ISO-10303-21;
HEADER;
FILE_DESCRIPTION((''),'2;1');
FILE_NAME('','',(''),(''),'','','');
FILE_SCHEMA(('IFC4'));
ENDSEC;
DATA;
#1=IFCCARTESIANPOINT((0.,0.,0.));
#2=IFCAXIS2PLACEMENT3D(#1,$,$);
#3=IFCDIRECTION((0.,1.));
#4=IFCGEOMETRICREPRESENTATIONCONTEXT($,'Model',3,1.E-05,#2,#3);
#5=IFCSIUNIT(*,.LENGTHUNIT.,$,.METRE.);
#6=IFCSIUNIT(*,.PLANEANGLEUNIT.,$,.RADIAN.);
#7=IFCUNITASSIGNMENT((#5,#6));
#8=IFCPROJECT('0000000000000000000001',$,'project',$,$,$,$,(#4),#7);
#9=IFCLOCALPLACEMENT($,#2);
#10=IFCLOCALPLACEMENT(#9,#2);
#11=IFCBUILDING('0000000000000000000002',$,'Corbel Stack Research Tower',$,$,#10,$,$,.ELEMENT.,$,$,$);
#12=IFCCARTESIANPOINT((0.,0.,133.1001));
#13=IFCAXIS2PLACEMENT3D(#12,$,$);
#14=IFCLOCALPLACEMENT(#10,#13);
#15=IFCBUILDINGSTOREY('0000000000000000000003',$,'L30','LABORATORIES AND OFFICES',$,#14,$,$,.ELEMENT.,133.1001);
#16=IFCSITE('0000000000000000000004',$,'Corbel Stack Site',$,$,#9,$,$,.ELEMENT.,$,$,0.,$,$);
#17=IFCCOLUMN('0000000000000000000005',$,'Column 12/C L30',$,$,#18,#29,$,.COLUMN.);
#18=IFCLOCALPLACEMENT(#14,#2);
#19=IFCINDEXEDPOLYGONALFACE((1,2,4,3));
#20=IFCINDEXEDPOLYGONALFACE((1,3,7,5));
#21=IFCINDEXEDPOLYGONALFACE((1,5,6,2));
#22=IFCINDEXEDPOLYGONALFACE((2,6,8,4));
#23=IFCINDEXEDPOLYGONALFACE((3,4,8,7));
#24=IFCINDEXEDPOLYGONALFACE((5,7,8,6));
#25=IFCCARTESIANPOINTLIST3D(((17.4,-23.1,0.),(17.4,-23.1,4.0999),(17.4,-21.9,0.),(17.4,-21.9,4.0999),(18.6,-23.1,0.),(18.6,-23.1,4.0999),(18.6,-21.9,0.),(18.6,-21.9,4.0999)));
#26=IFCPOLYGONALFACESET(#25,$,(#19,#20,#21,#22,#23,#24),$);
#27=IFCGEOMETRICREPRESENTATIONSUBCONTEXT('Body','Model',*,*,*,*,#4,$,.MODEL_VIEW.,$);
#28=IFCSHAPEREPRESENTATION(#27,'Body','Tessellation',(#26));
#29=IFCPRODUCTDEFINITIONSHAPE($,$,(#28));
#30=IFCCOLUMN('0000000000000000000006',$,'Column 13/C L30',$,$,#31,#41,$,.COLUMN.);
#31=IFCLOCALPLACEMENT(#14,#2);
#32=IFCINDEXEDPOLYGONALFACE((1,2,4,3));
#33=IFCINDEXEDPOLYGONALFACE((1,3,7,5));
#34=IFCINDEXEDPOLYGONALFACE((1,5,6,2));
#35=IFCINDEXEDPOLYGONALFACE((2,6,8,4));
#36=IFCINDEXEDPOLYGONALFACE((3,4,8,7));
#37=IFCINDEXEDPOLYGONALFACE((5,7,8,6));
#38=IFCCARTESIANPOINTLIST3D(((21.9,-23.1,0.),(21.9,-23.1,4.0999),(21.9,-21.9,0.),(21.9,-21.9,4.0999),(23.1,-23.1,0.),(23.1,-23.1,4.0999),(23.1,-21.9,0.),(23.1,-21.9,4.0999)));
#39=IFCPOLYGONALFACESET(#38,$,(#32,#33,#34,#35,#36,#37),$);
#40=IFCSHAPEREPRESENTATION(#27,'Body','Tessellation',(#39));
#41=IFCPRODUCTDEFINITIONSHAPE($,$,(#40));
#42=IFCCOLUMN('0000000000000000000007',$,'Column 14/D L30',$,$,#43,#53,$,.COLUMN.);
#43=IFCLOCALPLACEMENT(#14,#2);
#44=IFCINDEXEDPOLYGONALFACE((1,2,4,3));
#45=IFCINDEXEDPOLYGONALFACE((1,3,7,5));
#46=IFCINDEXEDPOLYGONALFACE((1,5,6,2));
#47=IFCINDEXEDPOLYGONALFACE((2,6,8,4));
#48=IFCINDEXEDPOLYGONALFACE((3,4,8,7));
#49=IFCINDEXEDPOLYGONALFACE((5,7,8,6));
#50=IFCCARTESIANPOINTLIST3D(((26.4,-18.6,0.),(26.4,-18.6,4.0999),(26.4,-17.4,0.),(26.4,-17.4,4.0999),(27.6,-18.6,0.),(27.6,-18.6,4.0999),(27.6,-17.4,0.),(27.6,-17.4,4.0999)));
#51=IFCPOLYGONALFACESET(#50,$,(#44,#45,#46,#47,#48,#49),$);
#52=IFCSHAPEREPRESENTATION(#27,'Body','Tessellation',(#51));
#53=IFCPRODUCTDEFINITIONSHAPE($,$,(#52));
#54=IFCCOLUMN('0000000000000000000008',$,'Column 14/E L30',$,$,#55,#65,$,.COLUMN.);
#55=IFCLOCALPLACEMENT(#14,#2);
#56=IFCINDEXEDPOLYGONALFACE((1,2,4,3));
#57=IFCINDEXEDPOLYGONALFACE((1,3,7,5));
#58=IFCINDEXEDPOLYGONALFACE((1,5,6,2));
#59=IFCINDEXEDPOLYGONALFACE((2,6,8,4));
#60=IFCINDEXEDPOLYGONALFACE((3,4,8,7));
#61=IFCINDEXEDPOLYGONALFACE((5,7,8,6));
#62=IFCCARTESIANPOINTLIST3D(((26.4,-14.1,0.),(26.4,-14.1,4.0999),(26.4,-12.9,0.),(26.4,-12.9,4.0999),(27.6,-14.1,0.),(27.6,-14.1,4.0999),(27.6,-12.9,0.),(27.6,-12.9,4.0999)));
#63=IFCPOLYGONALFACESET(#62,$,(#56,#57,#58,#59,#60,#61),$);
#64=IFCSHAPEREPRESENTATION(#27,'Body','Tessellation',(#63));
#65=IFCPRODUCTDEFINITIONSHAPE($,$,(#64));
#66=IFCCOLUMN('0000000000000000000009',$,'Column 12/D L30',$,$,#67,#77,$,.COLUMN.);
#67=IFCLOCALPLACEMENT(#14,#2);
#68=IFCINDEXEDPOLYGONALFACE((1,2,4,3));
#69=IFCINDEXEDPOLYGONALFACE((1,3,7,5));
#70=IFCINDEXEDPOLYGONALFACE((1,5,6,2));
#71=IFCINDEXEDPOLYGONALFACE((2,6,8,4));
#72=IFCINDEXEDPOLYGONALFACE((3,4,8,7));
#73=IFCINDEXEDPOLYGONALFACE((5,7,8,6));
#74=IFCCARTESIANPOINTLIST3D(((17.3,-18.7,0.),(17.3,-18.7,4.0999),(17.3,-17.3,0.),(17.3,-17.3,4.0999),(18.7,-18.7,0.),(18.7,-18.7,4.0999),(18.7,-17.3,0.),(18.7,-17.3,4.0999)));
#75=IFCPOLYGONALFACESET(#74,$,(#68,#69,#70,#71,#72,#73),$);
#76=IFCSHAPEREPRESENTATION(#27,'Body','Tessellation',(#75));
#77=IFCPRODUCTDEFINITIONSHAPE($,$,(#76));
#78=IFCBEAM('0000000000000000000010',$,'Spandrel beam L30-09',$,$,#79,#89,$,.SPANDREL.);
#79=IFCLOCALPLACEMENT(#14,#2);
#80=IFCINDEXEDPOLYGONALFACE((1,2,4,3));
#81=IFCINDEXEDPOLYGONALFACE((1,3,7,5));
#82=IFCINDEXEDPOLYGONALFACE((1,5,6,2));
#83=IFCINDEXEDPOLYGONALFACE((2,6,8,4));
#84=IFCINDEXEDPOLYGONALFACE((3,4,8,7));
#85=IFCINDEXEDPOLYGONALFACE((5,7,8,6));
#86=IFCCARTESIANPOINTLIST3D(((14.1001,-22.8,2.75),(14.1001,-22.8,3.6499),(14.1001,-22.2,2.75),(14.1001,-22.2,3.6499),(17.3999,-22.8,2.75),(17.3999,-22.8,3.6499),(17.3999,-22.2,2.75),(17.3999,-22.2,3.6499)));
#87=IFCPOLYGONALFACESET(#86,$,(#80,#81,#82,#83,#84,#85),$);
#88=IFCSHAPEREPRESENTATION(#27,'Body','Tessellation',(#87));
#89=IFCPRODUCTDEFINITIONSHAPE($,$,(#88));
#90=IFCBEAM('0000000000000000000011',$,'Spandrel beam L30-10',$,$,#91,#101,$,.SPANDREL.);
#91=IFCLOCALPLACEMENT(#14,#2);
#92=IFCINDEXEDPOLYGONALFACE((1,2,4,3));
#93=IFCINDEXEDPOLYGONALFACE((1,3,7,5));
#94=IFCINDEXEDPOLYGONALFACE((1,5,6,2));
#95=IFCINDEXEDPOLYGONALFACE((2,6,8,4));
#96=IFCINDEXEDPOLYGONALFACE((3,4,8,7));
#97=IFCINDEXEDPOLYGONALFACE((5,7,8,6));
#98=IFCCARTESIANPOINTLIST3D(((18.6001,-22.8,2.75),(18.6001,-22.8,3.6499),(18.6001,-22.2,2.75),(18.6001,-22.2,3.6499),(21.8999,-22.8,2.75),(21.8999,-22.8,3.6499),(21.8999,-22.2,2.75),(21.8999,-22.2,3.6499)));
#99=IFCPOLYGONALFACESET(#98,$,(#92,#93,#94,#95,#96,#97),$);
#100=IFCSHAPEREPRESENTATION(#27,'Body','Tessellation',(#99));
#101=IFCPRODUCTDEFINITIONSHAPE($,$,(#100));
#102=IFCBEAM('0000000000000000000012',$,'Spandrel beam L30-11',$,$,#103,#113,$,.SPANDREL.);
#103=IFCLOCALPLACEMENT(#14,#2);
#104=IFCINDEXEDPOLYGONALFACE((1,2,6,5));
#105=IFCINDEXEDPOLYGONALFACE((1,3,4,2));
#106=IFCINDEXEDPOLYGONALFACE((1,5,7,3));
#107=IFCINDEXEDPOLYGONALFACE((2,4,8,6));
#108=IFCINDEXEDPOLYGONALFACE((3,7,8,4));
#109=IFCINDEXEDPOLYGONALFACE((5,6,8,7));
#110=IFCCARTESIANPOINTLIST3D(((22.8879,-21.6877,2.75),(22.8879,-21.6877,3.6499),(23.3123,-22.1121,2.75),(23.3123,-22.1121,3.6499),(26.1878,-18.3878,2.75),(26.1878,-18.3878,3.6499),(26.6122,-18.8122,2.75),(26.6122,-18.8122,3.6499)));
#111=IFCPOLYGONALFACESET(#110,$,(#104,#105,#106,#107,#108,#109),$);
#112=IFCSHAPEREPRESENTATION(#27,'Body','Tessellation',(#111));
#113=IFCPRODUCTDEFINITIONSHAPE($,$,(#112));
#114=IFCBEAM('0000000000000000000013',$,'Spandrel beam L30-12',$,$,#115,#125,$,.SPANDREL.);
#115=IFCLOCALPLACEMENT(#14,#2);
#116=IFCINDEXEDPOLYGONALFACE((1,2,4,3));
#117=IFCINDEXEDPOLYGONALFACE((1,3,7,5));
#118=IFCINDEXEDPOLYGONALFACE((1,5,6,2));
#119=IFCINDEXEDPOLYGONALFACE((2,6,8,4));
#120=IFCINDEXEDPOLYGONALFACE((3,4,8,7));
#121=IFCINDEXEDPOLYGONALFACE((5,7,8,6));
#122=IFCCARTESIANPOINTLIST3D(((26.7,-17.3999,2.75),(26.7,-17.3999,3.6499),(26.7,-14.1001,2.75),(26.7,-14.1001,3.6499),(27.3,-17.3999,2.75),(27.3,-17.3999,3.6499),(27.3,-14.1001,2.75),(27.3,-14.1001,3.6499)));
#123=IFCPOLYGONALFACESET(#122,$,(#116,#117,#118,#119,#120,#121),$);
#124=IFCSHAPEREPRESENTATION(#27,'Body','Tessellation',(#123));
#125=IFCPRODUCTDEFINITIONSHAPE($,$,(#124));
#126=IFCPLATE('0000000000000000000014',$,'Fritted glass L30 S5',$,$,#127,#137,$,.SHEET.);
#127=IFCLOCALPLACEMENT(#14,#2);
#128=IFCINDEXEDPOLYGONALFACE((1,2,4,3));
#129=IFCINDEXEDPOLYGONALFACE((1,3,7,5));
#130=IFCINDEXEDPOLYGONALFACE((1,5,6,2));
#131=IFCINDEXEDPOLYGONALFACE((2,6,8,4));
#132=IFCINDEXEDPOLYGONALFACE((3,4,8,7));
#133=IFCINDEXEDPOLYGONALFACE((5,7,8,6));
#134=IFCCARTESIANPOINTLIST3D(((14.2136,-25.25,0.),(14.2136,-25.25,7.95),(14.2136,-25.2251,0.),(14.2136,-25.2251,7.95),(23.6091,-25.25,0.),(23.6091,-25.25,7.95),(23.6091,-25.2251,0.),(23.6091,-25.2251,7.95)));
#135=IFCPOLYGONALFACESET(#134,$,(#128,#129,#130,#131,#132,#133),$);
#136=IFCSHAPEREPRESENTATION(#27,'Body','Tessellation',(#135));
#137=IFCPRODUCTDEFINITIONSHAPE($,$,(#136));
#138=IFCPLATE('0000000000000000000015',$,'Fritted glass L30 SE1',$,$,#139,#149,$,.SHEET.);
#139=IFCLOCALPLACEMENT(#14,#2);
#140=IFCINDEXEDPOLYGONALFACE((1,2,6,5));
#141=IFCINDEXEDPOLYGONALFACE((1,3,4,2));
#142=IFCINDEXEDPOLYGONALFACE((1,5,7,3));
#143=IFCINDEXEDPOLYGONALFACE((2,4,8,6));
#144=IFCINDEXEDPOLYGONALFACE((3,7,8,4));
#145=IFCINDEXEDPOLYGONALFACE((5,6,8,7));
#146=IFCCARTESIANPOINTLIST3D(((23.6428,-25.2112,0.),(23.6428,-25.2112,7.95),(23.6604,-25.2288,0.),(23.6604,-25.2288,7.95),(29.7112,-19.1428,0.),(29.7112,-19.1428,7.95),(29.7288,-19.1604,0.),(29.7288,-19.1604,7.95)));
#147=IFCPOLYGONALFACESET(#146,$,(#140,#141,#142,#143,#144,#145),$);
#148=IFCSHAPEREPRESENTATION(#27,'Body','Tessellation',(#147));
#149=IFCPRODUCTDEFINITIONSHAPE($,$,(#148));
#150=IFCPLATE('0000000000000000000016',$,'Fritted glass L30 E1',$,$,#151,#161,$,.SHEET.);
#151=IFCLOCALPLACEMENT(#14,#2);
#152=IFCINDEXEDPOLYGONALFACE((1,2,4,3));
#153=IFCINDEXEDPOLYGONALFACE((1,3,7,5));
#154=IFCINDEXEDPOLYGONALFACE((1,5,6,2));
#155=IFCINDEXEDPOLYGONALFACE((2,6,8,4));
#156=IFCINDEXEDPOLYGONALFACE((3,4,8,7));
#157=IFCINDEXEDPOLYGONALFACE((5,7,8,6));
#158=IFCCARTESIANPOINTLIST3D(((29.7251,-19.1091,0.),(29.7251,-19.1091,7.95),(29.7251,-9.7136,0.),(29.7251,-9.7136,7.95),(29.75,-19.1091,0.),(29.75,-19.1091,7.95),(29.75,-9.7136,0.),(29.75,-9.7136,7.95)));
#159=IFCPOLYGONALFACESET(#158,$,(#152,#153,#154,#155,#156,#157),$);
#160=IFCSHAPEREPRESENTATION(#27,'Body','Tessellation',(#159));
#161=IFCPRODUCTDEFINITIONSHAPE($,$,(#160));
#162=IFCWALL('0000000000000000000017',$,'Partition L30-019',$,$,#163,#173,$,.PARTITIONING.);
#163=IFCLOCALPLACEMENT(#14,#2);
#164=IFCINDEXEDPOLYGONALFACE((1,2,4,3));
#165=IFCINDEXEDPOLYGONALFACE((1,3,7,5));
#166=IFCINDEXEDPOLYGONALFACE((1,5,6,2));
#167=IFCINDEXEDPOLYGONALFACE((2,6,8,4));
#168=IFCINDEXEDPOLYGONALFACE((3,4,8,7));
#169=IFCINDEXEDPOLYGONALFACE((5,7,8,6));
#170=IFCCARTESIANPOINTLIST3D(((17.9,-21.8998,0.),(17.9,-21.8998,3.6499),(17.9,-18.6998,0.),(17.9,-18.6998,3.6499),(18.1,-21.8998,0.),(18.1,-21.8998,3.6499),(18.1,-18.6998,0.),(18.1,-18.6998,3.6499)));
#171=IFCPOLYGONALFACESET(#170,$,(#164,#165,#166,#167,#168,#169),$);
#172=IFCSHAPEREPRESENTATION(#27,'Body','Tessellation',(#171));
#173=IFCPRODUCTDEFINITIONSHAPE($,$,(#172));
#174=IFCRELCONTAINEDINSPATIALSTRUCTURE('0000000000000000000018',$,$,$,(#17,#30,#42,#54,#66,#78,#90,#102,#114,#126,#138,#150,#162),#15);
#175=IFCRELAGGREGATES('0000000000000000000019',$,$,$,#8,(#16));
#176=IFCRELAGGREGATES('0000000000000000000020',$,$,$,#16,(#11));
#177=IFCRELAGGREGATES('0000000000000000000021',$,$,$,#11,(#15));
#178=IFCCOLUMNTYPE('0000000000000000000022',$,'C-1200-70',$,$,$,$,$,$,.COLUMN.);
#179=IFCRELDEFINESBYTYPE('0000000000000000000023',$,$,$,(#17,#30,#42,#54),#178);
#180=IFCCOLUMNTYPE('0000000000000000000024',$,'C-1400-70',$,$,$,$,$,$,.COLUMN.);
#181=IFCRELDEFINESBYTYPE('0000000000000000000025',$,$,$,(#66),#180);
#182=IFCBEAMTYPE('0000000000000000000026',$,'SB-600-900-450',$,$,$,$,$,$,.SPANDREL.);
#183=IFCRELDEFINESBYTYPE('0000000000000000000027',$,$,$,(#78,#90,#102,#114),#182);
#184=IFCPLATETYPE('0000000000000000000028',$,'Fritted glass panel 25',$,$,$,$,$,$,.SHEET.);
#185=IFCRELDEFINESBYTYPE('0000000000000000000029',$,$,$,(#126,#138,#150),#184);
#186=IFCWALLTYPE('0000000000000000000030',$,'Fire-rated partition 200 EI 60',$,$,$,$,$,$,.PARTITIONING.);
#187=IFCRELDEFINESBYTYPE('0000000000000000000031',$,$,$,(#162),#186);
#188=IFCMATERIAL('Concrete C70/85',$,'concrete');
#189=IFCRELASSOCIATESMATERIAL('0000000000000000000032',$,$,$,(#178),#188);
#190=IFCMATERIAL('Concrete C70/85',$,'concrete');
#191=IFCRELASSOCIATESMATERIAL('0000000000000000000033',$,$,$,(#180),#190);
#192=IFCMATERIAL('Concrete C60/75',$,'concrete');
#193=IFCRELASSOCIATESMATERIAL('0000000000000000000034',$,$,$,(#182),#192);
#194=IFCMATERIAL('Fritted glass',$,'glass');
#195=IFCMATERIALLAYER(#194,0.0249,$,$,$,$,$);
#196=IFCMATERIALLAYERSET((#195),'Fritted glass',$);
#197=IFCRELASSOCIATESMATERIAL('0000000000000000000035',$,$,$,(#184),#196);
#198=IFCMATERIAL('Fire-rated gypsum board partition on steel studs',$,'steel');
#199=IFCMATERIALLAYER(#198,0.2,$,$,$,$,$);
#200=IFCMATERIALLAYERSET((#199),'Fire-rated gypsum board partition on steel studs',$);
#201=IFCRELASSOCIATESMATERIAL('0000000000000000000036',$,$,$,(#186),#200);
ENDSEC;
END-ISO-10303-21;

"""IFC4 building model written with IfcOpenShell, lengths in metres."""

from ifc_helpers import new_model, si_unit, direction, frame, frame_2d, origin, origin_2d, place, context, subcontext, project, spatial, rectangle, extrude, material, layer, layer_set, material_profile, profile_set, type_object, element, save


model = new_model("IFC4")

# Units and contexts
model_context = context("Model", 3, precision=1e-05, world=origin(), true_north=direction((0.0, 1.0)))
body_context = subcontext(model_context, "Body", "Model", "MODEL_VIEW")
ifc_project = project(units=[si_unit("LENGTHUNIT", "METRE"), si_unit("PLANEANGLEUNIT", "RADIAN")], contexts=[model_context])

# Site, building, storey
site_placement = place(None, origin())
site = spatial("IfcSite", under=ifc_project, at=site_placement, Name="Corbel Stack Site", CompositionType="ELEMENT", RefElevation=0.0)
building_placement = place(site_placement, origin())
building = spatial("IfcBuilding", under=site, at=building_placement, Name="Corbel Stack Research Tower", CompositionType="ELEMENT")
storey_placement = place(building_placement, frame((0.0, 0.0, 133.1001)))
storey = spatial("IfcBuildingStorey", under=building, at=storey_placement, Name="L30", Description="LABORATORIES AND OFFICES", CompositionType="ELEMENT", Elevation=133.1001)

# Columns
ifc_material_1 = material(Name="Concrete C70/85", Category="concrete")
ifc_material_profile_1 = material_profile(ifc_material_1, rectangle(XDim=1.2, YDim=1.2, at=origin_2d()), Name="RC 1200 x 1200")
ifc_profile_set_1 = profile_set([ifc_material_profile_1], Name="Concrete C70/85")
column_type_1 = type_object("IfcColumnType", Name="C-1200-70", PredefinedType="COLUMN", material=ifc_profile_set_1)
for number, where, z_axis, x_axis, name in (
    (1, (18.0, -22.5, 0.0), (0.0, 0.0, 1.0), (1.0, 0.0, 0.0), "Column 12/C L30"),
    (2, (22.5, -22.5, 0.0), (0.0, 0.0, 1.0), (1.0, 0.0, 0.0), "Column 13/C L30"),
    (3, (27.0, -18.0, 0.0), (0.0, 0.0, 1.0), (1.0, 0.0, 0.0), "Column 14/D L30"),
    (4, (27.0, -13.5, 0.0), (0.0, 0.0, 1.0), (1.0, 0.0, 0.0), "Column 14/E L30"),
):
    element("IfcColumn", number, at=place(storey_placement, frame(where, z_axis=z_axis, x_axis=x_axis)), inside=storey, type_object=column_type_1, Name=name, PredefinedType="COLUMN", context=body_context, shape_type="SweptSolid", body=[
        extrude(rectangle(XDim=1.2, YDim=1.2, at=origin_2d()), origin(), (0.0, 0.0, 1.0), 4.0999),
    ])
ifc_material_2 = material(Name="Concrete C70/85", Category="concrete")
ifc_material_profile_2 = material_profile(ifc_material_2, rectangle(XDim=1.3999, YDim=1.3999, at=origin_2d()), Name="RC 1400 x 1400")
ifc_profile_set_2 = profile_set([ifc_material_profile_2], Name="Concrete C70/85")
column_type_2 = type_object("IfcColumnType", Name="C-1400-70", PredefinedType="COLUMN", material=ifc_profile_set_2)
column_placement = place(storey_placement, frame((18.0, -18.0, 0.0), z_axis=(0.0, 0.0, 1.0), x_axis=(1.0, 0.0, 0.0)))
element("IfcColumn", 5, at=column_placement, inside=storey, type_object=column_type_2, Name="Column 12/D L30", PredefinedType="COLUMN", context=body_context, shape_type="SweptSolid", body=[
    extrude(rectangle(XDim=1.3999, YDim=1.3999, at=origin_2d()), origin(), (0.0, 0.0, 1.0), 4.0999),
])

# Beams
ifc_material_3 = material(Name="Concrete C60/75", Category="concrete")
ifc_material_profile_3 = material_profile(ifc_material_3, rectangle(XDim=0.6001, YDim=0.8999, at=origin_2d()), Name="RC 600 x 900")
ifc_profile_set_3 = profile_set([ifc_material_profile_3], Name="Concrete C60/75")
beam_type = type_object("IfcBeamType", Name="SB-600-900-450", PredefinedType="SPANDREL", material=ifc_profile_set_3)
for number, where, z_axis, x_axis, name in (
    (6, (14.1001, -22.5, 3.2), (1.0, 0.0, 0.0), (0.0, 1.0, 0.0), "Spandrel beam L30-09"),
    (7, (18.6001, -22.5, 3.2), (1.0, 0.0, 0.0), (0.0, 1.0, 0.0), "Spandrel beam L30-10"),
):
    element("IfcBeam", number, at=place(storey_placement, frame(where, z_axis=z_axis, x_axis=x_axis)), inside=storey, type_object=beam_type, Name=name, PredefinedType="SPANDREL", context=body_context, shape_type="SweptSolid", body=[
        extrude(rectangle(XDim=0.6001, YDim=0.8999, at=origin_2d()), origin(), (0.0, 0.0, 1.0), 3.2998),
    ])
beam_1_placement = place(storey_placement, frame((23.1001, -21.8999, 3.2), z_axis=(0.707107, 0.707107, 0.0), x_axis=(-0.707107, 0.707107, 0.0)))
element("IfcBeam", 8, at=beam_1_placement, inside=storey, type_object=beam_type, Name="Spandrel beam L30-11", PredefinedType="SPANDREL", context=body_context, shape_type="SweptSolid", body=[
    extrude(rectangle(XDim=0.6001, YDim=0.8999, at=origin_2d()), origin(), (0.0, 0.0, 1.0), 4.6667),
])
beam_2_placement = place(storey_placement, frame((27.0, -17.3999, 3.2), z_axis=(0.0, 1.0, 0.0), x_axis=(-1.0, 0.0, 0.0)))
element("IfcBeam", 9, at=beam_2_placement, inside=storey, type_object=beam_type, Name="Spandrel beam L30-12", PredefinedType="SPANDREL", context=body_context, shape_type="SweptSolid", body=[
    extrude(rectangle(XDim=0.6001, YDim=0.8999, at=origin_2d()), origin(), (0.0, 0.0, 1.0), 3.2998),
])

# Plates
ifc_material_4 = material(Name="Fritted glass", Category="glass")
ifc_layer_1 = layer(ifc_material_4, 0.0249)
ifc_layer_set_1 = layer_set([ifc_layer_1], Name="Fritted glass")
plate_type = type_object("IfcPlateType", Name="Fritted glass panel 25", PredefinedType="SHEET", material=ifc_layer_set_1)
plate_1_placement = place(storey_placement, frame((18.9114, -25.2375, 0.0), z_axis=(0.0, 0.0, 1.0), x_axis=(1.0, 0.0, 0.0)))
element("IfcPlate", 10, at=plate_1_placement, inside=storey, type_object=plate_type, Name="Fritted glass L30 S5", PredefinedType="SHEET", context=body_context, shape_type="SweptSolid", body=[
    extrude(rectangle(XDim=9.3955, YDim=0.0249, at=origin_2d()), origin(), (0.0, 0.0, 1.0), 7.95),
])
plate_2_placement = place(storey_placement, frame((26.6858, -22.1858, 0.0), z_axis=(0.0, 0.0, 1.0), x_axis=(0.707107, 0.707107, 0.0)))
element("IfcPlate", 11, at=plate_2_placement, inside=storey, type_object=plate_type, Name="Fritted glass L30 SE1", PredefinedType="SHEET", context=body_context, shape_type="SweptSolid", body=[
    extrude(rectangle(XDim=8.582, YDim=0.0249, at=origin_2d()), origin(), (0.0, 0.0, 1.0), 7.95),
])
plate_3_placement = place(storey_placement, frame((29.7375, -14.4114, 0.0), z_axis=(0.0, 0.0, 1.0), x_axis=(0.0, 1.0, 0.0)))
element("IfcPlate", 12, at=plate_3_placement, inside=storey, type_object=plate_type, Name="Fritted glass L30 E1", PredefinedType="SHEET", context=body_context, shape_type="SweptSolid", body=[
    extrude(rectangle(XDim=9.3955, YDim=0.0249, at=origin_2d()), origin(), (0.0, 0.0, 1.0), 7.95),
])

# Wall
ifc_material_5 = material(Name="Fire-rated gypsum board partition on steel studs", Category="steel")
ifc_layer_2 = layer(ifc_material_5, 0.2)
ifc_layer_set_2 = layer_set([ifc_layer_2], Name="Fire-rated gypsum board partition on steel studs")
wall_type_1 = type_object("IfcWallType", Name="Fire-rated partition 200 EI 60", PredefinedType="PARTITIONING", material=ifc_layer_set_2)
wall_1_placement = place(storey_placement, frame((18.0, -21.8999, 0.0), z_axis=(0.0, 0.0, 1.0), x_axis=(0.0, 1.0, 0.0)))
element("IfcWall", 13, at=wall_1_placement, inside=storey, type_object=wall_type_1, Name="Partition L30-019", PredefinedType="PARTITIONING", context=body_context, shape_type="SweptSolid", body=[
    extrude(rectangle(XDim=3.2, YDim=0.2, at=frame_2d((1.6001, 0.0))), origin(), (0.0, 0.0, 1.0), 3.6499),
])

save(model, "model.ifc")
